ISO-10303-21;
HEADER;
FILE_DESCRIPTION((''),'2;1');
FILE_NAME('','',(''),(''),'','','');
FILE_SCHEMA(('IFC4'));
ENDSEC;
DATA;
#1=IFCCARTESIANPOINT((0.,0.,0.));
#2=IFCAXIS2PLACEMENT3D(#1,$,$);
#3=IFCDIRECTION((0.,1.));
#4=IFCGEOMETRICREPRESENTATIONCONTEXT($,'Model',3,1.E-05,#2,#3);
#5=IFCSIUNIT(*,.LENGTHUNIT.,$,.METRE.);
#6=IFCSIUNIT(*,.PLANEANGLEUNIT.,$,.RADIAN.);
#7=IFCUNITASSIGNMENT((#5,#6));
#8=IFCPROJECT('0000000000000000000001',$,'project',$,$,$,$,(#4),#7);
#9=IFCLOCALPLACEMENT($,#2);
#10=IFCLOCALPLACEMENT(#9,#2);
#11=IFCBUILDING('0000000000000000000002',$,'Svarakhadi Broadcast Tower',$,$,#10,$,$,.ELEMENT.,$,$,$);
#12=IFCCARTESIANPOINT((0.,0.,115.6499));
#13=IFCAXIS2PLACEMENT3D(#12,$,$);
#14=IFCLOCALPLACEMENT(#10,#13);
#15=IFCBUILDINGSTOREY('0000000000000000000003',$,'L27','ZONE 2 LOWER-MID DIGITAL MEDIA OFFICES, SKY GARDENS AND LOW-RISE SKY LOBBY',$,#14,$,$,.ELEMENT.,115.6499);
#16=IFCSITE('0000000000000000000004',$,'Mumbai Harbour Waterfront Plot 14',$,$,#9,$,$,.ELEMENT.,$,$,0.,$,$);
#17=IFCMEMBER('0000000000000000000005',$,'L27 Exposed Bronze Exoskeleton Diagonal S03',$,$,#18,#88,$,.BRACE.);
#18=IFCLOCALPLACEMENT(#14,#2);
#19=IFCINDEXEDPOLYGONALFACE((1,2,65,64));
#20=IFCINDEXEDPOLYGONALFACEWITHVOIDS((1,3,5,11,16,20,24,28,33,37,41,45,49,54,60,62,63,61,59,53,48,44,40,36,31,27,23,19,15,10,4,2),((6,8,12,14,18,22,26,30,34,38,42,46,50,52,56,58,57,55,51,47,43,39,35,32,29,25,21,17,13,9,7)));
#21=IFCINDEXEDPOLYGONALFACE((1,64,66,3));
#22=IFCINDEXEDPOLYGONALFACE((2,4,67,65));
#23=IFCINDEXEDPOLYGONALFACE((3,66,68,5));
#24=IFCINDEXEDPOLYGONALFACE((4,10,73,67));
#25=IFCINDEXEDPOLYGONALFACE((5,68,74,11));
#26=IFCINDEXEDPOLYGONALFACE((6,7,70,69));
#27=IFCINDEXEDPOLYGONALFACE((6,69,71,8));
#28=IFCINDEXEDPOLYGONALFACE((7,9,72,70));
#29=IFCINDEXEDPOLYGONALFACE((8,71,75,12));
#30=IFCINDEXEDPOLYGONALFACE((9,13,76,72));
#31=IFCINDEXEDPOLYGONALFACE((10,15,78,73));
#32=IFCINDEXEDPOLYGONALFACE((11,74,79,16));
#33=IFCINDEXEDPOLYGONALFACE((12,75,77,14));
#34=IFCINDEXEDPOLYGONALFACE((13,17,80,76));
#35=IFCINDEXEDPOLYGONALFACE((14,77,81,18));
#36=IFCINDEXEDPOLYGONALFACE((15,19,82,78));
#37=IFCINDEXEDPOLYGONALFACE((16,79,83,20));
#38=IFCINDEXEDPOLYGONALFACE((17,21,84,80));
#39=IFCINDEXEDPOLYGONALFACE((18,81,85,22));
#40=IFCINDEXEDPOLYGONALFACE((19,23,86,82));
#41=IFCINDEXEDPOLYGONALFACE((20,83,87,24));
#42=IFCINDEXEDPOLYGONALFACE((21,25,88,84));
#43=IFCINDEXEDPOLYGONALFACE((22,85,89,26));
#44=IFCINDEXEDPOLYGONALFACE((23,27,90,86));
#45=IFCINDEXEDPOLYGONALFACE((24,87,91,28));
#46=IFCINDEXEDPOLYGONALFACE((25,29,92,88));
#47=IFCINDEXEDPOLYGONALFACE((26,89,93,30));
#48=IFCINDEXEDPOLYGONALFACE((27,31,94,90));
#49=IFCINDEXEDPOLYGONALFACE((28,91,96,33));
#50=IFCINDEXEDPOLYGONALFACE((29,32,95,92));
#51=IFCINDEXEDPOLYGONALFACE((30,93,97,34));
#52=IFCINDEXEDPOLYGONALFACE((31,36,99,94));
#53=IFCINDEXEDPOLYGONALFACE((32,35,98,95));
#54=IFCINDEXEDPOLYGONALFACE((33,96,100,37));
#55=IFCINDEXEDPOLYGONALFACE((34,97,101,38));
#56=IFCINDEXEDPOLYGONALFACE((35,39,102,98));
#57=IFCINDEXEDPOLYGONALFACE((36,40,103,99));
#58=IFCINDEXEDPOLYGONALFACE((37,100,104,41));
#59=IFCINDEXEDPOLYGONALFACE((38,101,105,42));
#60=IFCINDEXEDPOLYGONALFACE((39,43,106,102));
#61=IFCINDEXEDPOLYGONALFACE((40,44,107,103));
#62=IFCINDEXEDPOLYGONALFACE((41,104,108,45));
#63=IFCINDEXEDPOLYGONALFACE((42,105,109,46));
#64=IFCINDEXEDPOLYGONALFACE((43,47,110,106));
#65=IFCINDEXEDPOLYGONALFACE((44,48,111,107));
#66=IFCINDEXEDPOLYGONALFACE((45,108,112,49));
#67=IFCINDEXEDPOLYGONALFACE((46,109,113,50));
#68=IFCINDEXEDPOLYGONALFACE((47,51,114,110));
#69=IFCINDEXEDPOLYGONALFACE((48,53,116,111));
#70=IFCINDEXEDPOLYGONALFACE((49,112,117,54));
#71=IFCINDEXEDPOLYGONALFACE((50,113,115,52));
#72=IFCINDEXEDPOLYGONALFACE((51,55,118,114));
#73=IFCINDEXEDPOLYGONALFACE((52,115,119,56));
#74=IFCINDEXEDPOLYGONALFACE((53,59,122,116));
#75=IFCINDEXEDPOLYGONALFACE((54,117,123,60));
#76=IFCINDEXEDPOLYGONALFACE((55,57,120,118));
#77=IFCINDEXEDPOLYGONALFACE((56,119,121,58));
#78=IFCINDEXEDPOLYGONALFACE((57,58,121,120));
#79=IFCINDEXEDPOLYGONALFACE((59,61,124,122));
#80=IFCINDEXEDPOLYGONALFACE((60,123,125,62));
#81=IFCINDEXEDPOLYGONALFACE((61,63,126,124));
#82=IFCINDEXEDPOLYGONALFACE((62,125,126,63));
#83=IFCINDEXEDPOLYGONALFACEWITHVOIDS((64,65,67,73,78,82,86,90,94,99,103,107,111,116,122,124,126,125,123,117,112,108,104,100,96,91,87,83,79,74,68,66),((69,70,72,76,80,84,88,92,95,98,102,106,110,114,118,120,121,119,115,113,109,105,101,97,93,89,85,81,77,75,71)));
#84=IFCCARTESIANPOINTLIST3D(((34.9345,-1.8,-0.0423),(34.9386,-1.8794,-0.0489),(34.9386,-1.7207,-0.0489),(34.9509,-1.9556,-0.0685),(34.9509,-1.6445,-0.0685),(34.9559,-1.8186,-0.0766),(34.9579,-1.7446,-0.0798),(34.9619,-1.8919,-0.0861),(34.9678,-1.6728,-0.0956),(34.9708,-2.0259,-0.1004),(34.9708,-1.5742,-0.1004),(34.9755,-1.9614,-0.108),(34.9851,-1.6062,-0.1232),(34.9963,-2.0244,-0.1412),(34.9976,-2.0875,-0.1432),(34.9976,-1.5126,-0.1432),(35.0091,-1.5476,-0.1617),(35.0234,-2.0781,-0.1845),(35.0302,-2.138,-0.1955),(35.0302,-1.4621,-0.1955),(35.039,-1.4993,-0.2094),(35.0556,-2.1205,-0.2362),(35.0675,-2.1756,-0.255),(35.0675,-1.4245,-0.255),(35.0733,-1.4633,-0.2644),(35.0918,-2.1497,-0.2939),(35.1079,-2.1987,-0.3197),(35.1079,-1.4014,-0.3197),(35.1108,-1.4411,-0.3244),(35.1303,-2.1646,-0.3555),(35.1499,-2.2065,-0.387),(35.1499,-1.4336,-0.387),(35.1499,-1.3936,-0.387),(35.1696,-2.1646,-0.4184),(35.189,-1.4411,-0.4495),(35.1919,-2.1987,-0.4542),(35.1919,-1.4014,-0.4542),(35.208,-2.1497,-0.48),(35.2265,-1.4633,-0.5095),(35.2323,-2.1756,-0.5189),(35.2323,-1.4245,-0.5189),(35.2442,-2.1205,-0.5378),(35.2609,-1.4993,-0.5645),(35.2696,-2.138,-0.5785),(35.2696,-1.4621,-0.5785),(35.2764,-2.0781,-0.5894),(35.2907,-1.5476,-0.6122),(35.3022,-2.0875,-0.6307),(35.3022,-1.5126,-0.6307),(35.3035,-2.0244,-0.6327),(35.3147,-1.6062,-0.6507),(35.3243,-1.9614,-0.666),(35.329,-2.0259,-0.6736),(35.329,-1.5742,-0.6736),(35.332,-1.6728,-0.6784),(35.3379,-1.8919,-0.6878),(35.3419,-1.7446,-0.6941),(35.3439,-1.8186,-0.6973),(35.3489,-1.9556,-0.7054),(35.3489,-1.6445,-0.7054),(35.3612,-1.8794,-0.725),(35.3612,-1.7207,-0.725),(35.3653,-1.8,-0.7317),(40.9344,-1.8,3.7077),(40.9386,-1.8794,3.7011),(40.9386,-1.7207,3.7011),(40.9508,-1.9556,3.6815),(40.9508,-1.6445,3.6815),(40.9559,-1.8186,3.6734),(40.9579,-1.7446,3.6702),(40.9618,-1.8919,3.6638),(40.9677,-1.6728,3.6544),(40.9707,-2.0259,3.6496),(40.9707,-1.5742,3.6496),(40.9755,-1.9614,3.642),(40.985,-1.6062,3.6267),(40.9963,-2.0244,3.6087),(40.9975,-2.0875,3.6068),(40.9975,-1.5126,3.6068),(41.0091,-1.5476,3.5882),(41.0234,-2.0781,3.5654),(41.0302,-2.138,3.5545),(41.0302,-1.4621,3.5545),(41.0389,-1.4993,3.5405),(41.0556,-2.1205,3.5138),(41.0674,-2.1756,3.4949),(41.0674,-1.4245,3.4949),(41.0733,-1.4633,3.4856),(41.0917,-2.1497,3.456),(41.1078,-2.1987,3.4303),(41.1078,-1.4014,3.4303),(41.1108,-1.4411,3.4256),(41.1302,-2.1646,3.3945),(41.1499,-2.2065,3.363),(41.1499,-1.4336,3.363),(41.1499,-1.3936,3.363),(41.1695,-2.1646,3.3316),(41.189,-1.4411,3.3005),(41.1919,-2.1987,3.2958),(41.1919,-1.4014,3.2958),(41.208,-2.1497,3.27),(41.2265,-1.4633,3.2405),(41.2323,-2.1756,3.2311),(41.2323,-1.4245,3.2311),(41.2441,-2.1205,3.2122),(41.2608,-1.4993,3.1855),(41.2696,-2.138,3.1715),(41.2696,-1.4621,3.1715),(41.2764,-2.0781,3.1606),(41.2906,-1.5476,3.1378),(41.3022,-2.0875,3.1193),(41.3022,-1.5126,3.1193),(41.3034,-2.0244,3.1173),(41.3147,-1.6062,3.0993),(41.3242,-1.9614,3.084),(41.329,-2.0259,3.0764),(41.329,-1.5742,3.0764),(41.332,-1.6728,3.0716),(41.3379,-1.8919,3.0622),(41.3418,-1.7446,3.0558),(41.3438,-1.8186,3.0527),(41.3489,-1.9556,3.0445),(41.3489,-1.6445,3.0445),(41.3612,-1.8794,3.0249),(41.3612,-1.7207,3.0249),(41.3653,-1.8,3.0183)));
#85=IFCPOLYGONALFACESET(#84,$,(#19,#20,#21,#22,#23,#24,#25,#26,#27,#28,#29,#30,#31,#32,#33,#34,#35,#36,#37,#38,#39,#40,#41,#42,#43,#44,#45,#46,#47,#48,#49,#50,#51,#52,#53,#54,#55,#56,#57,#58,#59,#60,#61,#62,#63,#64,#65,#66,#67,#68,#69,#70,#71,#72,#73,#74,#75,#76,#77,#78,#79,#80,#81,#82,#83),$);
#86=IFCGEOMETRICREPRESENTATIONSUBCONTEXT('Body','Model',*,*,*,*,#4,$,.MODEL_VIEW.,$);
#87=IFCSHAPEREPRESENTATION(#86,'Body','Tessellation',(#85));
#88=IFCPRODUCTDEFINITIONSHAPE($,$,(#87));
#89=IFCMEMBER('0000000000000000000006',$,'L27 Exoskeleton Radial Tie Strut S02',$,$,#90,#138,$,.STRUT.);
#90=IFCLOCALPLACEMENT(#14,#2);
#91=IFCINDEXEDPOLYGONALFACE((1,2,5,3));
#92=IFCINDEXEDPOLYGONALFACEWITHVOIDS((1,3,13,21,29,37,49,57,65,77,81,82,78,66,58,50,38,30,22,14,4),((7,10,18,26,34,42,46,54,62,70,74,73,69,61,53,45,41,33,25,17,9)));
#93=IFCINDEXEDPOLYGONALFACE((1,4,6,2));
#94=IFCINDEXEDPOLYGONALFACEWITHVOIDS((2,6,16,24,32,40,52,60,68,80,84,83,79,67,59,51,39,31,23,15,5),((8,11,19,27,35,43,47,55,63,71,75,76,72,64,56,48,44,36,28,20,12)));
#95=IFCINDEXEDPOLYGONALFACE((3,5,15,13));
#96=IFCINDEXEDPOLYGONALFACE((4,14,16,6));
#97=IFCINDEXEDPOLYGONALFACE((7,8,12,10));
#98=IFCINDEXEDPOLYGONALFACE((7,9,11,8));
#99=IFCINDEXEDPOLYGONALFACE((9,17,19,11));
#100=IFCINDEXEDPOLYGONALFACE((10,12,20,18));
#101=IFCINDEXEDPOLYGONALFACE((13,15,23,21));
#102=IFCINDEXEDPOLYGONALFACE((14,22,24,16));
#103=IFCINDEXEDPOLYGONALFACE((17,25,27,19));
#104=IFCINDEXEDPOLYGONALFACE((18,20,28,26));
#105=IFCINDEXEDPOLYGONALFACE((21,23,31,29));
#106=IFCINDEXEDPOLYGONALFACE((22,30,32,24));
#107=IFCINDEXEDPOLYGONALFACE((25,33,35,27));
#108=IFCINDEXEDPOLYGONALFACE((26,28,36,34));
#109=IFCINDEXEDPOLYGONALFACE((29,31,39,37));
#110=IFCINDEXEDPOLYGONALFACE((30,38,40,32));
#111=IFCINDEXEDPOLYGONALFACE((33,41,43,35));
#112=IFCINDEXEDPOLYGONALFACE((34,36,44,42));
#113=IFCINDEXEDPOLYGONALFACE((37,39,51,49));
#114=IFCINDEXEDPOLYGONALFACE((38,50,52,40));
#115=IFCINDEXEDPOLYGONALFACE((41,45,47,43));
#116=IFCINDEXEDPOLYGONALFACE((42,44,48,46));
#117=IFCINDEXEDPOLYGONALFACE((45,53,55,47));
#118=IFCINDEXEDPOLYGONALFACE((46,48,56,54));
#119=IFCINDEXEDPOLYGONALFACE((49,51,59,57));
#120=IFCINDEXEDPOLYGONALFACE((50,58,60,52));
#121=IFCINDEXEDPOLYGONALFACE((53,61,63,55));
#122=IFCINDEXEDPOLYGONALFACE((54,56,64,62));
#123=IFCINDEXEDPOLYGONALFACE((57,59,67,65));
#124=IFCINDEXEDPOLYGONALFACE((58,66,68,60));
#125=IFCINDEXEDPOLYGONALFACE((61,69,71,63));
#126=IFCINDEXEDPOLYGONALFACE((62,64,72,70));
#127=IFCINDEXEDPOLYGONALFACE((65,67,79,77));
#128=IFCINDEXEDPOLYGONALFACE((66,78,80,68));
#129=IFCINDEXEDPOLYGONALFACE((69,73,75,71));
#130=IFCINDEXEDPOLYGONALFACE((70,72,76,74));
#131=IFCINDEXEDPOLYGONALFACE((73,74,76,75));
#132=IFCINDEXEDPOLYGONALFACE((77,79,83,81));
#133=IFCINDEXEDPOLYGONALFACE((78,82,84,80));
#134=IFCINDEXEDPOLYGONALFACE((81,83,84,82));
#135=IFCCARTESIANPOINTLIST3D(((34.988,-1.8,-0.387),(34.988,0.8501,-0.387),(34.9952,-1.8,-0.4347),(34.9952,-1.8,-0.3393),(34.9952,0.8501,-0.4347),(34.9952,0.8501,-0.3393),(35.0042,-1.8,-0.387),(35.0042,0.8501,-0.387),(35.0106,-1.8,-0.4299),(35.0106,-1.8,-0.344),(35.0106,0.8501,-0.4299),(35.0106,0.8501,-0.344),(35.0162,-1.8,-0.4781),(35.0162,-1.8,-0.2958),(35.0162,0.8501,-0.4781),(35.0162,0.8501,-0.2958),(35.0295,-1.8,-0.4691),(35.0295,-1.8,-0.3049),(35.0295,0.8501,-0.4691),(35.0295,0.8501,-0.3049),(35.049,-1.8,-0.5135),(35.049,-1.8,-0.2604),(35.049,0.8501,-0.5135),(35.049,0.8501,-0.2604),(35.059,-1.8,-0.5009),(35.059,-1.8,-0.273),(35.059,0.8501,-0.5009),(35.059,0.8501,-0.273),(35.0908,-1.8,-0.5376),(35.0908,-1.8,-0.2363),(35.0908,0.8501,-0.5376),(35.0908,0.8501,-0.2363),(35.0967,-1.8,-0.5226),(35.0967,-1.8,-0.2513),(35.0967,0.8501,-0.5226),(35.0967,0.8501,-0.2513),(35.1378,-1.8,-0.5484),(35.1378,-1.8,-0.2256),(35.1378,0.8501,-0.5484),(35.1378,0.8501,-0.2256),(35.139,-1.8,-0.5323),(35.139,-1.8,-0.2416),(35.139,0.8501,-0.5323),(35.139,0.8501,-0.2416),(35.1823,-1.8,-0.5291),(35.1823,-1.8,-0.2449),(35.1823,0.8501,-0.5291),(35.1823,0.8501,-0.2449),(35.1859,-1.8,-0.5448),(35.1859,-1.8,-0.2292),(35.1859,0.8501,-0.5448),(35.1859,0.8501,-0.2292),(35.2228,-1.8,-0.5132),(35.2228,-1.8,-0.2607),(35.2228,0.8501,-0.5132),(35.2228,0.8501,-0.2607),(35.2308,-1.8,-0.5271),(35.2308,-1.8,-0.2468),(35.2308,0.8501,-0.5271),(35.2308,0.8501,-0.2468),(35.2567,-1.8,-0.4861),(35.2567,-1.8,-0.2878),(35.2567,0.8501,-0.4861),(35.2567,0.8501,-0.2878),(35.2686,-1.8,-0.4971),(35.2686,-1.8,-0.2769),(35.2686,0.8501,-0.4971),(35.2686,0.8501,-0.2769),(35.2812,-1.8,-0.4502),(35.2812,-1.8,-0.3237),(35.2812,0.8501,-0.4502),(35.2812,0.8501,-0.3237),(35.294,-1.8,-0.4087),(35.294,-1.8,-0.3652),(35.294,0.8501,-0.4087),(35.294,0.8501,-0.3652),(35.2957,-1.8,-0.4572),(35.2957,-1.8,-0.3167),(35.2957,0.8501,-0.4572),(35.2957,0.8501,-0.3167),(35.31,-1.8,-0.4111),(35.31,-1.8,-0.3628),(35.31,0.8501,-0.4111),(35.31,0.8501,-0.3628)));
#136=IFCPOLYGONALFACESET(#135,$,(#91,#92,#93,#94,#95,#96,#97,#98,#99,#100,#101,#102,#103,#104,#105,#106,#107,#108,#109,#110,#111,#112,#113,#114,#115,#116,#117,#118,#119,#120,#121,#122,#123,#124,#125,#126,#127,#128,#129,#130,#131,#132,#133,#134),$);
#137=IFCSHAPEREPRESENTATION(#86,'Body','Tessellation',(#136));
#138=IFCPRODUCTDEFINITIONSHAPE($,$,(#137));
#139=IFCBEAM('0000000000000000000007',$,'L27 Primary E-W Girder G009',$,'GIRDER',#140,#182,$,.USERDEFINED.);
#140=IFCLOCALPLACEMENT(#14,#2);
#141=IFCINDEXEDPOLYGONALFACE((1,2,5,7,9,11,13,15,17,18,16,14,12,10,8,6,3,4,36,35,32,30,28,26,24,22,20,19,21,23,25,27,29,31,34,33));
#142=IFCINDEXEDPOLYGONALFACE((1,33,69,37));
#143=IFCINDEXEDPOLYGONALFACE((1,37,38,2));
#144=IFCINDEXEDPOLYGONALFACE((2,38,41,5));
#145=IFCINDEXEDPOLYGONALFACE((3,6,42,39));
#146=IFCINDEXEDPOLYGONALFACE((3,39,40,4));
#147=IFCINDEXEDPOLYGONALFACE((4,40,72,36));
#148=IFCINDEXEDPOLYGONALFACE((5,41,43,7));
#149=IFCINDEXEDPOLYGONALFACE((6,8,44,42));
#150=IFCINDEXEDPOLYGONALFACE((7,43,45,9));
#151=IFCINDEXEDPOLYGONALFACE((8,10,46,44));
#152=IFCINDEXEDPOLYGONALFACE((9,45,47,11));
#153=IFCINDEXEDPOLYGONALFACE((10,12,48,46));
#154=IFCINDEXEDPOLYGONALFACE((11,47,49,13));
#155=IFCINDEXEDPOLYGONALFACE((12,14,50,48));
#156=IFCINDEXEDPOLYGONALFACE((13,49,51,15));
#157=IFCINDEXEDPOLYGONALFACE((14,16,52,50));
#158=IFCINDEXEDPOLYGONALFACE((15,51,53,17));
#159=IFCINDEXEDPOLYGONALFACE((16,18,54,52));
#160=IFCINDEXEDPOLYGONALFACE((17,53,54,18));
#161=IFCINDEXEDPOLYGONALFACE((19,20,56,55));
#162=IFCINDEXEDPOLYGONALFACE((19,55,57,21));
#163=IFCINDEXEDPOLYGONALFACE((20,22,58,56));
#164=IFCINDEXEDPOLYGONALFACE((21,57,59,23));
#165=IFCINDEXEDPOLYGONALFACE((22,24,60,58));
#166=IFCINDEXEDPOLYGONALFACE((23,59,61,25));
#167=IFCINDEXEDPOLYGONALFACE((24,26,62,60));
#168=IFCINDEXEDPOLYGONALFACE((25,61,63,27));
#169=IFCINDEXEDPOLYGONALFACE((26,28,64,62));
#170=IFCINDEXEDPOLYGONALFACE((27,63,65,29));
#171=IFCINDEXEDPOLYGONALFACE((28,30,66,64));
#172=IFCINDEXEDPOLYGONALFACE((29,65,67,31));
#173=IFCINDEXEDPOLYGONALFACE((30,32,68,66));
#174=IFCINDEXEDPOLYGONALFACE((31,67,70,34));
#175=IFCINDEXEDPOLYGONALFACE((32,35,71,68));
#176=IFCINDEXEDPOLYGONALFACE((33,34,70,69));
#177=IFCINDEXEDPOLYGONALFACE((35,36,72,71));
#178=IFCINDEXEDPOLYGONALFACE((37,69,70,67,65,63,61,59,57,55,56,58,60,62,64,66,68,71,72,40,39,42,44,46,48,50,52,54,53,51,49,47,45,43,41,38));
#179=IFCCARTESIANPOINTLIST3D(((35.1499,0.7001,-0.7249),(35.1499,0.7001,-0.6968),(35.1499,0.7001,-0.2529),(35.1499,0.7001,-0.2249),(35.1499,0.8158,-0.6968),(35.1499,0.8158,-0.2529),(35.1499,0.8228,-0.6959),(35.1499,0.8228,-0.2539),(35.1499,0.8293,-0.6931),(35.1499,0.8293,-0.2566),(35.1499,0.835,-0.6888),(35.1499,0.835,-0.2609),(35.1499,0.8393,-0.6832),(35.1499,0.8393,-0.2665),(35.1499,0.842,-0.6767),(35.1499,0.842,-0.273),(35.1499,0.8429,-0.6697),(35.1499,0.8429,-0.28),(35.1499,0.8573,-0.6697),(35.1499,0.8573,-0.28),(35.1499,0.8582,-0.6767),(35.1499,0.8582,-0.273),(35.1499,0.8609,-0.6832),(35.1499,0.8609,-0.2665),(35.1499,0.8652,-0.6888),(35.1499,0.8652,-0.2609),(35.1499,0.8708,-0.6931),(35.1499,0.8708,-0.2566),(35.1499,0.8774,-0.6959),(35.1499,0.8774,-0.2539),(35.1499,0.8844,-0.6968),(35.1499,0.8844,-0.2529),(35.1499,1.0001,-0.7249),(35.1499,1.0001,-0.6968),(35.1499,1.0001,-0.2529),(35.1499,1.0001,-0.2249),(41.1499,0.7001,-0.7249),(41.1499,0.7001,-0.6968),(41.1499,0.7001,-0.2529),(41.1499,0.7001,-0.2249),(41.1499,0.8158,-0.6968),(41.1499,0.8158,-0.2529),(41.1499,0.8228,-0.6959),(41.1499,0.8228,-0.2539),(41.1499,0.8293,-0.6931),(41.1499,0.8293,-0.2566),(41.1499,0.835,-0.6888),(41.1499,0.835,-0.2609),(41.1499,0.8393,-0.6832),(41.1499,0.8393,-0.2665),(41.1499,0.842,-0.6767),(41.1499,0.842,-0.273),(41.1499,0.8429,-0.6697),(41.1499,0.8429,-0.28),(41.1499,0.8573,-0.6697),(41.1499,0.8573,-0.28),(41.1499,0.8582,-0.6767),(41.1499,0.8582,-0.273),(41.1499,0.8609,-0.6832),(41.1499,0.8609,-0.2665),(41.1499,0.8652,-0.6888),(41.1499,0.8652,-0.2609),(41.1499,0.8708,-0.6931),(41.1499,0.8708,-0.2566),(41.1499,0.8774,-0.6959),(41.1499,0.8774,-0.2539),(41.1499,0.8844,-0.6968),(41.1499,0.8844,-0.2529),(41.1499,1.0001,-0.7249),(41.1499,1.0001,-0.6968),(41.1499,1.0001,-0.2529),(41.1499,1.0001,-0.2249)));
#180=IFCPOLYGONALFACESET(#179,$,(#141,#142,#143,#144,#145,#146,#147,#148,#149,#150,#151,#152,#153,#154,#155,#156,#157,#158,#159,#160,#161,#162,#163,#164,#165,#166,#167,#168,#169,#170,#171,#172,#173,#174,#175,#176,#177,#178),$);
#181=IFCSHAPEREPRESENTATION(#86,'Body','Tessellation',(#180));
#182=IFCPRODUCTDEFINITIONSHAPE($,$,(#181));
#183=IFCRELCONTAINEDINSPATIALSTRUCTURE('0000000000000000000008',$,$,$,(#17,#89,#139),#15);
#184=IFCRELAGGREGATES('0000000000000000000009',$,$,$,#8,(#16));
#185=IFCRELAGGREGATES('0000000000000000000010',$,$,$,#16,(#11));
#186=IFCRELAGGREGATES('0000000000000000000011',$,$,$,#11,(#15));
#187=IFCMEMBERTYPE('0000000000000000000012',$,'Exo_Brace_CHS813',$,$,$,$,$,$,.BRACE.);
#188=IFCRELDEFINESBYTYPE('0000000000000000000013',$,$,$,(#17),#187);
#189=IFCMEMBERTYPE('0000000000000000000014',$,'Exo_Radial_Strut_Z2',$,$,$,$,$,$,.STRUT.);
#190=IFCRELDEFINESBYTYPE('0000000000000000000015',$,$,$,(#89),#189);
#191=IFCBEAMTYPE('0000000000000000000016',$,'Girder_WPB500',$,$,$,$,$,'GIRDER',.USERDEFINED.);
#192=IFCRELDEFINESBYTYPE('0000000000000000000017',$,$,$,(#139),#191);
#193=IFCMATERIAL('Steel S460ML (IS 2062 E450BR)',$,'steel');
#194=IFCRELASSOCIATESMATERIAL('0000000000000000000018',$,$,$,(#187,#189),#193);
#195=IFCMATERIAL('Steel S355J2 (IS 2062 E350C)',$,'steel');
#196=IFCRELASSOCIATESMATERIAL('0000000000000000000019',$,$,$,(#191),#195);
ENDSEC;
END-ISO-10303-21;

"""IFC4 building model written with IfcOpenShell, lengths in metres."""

from ifc_helpers import new_model, si_unit, direction, frame, origin, origin_2d, place, context, subcontext, project, spatial, hollow_circle, i_section, extrude, material, material_profile, profile_set, type_object, element, save


model = new_model("IFC4")

# Units and contexts
model_context = context("Model", 3, precision=1e-05, world=origin(), true_north=direction((0.0, 1.0)))
body_context = subcontext(model_context, "Body", "Model", "MODEL_VIEW")
ifc_project = project(units=[si_unit("LENGTHUNIT", "METRE"), si_unit("PLANEANGLEUNIT", "RADIAN")], contexts=[model_context])

# Site, building, storey
site_placement = place(None, origin())
site = spatial("IfcSite", under=ifc_project, at=site_placement, Name="Mumbai Harbour Waterfront Plot 14", CompositionType="ELEMENT", RefElevation=0.0)
building_placement = place(site_placement, origin())
building = spatial("IfcBuilding", under=site, at=building_placement, Name="Svarakhadi Broadcast Tower", CompositionType="ELEMENT")
storey_placement = place(building_placement, frame((0.0, 0.0, 115.6499)))
storey = spatial("IfcBuildingStorey", under=building, at=storey_placement, Name="L27", Description="ZONE 2 LOWER-MID DIGITAL MEDIA OFFICES, SKY GARDENS AND LOW-RISE SKY LOBBY", CompositionType="ELEMENT", Elevation=115.6499)

# Members
ifc_material_1 = material(Name="Steel S460ML (IS 2062 E450BR)", Category="steel")
ifc_material_profile_1 = material_profile(ifc_material_1, hollow_circle(Radius=0.4065, WallThickness=0.04, at=origin_2d()), Name="CHS 813x40")
ifc_profile_set_1 = profile_set([ifc_material_profile_1], Name="Steel S460ML (IS 2062 E450BR)")
member_type_1 = type_object("IfcMemberType", Name="Exo_Brace_CHS813", PredefinedType="BRACE", material=ifc_profile_set_1)
member_1_placement = place(storey_placement, frame((35.1499, -1.8, -0.387), z_axis=(0.847998, 0.0, 0.529999), x_axis=(0.0, 1.0, 0.0)))
element("IfcMember", 1, at=member_1_placement, inside=storey, type_object=member_type_1, Name="L27 Exposed Bronze Exoskeleton Diagonal S03", PredefinedType="BRACE", context=body_context, shape_type="SweptSolid", body=[
    extrude(hollow_circle(Radius=0.4065, WallThickness=0.04, at=origin_2d()), origin(), (0.0, 0.0, 1.0), 7.0754),
])
ifc_material_profile_2 = material_profile(ifc_material_1, hollow_circle(Radius=0.1619, WallThickness=0.0161, at=origin_2d()), Name="CHS 323.9x16")
ifc_profile_set_2 = profile_set([ifc_material_profile_2], Name="Steel S460ML (IS 2062 E450BR)")
member_type_2 = type_object("IfcMemberType", Name="Exo_Radial_Strut_Z2", PredefinedType="STRUT", material=ifc_profile_set_2)
member_2_placement = place(storey_placement, frame((35.1499, -1.8, -0.387), z_axis=(0.0, 1.0, 0.0), x_axis=(-1.0, 0.0, 0.0)))
element("IfcMember", 2, at=member_2_placement, inside=storey, type_object=member_type_2, Name="L27 Exoskeleton Radial Tie Strut S02", PredefinedType="STRUT", context=body_context, shape_type="SweptSolid", body=[
    extrude(hollow_circle(Radius=0.1619, WallThickness=0.0161, at=origin_2d()), origin(), (0.0, 0.0, 1.0), 2.6501),
])

# Beam
ifc_material_2 = material(Name="Steel S355J2 (IS 2062 E350C)", Category="steel")
ifc_material_profile_3 = material_profile(ifc_material_2, i_section(OverallWidth=0.3, OverallDepth=0.5, WebThickness=0.0144, FlangeThickness=0.0281, FilletRadius=0.0271, at=origin_2d()), Name="WPB 500x300x187")
ifc_profile_set_3 = profile_set([ifc_material_profile_3], Name="Steel S355J2 (IS 2062 E350C)")
beam_type = type_object("IfcBeamType", Name="Girder_WPB500", ElementType="GIRDER", PredefinedType="USERDEFINED", material=ifc_profile_set_3)
beam_1_placement = place(storey_placement, frame((35.1499, 0.8501, -0.4749), z_axis=(1.0, 0.0, 0.0), x_axis=(0.0, 1.0, 0.0)))
element("IfcBeam", 3, at=beam_1_placement, inside=storey, type_object=beam_type, Name="L27 Primary E-W Girder G009", ObjectType="GIRDER", PredefinedType="USERDEFINED", context=body_context, shape_type="SweptSolid", body=[
    extrude(i_section(OverallWidth=0.3, OverallDepth=0.5, WebThickness=0.0144, FlangeThickness=0.0281, FilletRadius=0.0271, at=origin_2d()), origin(), (0.0, 0.0, 1.0), 6.0),
])

save(model, "model.ifc")
